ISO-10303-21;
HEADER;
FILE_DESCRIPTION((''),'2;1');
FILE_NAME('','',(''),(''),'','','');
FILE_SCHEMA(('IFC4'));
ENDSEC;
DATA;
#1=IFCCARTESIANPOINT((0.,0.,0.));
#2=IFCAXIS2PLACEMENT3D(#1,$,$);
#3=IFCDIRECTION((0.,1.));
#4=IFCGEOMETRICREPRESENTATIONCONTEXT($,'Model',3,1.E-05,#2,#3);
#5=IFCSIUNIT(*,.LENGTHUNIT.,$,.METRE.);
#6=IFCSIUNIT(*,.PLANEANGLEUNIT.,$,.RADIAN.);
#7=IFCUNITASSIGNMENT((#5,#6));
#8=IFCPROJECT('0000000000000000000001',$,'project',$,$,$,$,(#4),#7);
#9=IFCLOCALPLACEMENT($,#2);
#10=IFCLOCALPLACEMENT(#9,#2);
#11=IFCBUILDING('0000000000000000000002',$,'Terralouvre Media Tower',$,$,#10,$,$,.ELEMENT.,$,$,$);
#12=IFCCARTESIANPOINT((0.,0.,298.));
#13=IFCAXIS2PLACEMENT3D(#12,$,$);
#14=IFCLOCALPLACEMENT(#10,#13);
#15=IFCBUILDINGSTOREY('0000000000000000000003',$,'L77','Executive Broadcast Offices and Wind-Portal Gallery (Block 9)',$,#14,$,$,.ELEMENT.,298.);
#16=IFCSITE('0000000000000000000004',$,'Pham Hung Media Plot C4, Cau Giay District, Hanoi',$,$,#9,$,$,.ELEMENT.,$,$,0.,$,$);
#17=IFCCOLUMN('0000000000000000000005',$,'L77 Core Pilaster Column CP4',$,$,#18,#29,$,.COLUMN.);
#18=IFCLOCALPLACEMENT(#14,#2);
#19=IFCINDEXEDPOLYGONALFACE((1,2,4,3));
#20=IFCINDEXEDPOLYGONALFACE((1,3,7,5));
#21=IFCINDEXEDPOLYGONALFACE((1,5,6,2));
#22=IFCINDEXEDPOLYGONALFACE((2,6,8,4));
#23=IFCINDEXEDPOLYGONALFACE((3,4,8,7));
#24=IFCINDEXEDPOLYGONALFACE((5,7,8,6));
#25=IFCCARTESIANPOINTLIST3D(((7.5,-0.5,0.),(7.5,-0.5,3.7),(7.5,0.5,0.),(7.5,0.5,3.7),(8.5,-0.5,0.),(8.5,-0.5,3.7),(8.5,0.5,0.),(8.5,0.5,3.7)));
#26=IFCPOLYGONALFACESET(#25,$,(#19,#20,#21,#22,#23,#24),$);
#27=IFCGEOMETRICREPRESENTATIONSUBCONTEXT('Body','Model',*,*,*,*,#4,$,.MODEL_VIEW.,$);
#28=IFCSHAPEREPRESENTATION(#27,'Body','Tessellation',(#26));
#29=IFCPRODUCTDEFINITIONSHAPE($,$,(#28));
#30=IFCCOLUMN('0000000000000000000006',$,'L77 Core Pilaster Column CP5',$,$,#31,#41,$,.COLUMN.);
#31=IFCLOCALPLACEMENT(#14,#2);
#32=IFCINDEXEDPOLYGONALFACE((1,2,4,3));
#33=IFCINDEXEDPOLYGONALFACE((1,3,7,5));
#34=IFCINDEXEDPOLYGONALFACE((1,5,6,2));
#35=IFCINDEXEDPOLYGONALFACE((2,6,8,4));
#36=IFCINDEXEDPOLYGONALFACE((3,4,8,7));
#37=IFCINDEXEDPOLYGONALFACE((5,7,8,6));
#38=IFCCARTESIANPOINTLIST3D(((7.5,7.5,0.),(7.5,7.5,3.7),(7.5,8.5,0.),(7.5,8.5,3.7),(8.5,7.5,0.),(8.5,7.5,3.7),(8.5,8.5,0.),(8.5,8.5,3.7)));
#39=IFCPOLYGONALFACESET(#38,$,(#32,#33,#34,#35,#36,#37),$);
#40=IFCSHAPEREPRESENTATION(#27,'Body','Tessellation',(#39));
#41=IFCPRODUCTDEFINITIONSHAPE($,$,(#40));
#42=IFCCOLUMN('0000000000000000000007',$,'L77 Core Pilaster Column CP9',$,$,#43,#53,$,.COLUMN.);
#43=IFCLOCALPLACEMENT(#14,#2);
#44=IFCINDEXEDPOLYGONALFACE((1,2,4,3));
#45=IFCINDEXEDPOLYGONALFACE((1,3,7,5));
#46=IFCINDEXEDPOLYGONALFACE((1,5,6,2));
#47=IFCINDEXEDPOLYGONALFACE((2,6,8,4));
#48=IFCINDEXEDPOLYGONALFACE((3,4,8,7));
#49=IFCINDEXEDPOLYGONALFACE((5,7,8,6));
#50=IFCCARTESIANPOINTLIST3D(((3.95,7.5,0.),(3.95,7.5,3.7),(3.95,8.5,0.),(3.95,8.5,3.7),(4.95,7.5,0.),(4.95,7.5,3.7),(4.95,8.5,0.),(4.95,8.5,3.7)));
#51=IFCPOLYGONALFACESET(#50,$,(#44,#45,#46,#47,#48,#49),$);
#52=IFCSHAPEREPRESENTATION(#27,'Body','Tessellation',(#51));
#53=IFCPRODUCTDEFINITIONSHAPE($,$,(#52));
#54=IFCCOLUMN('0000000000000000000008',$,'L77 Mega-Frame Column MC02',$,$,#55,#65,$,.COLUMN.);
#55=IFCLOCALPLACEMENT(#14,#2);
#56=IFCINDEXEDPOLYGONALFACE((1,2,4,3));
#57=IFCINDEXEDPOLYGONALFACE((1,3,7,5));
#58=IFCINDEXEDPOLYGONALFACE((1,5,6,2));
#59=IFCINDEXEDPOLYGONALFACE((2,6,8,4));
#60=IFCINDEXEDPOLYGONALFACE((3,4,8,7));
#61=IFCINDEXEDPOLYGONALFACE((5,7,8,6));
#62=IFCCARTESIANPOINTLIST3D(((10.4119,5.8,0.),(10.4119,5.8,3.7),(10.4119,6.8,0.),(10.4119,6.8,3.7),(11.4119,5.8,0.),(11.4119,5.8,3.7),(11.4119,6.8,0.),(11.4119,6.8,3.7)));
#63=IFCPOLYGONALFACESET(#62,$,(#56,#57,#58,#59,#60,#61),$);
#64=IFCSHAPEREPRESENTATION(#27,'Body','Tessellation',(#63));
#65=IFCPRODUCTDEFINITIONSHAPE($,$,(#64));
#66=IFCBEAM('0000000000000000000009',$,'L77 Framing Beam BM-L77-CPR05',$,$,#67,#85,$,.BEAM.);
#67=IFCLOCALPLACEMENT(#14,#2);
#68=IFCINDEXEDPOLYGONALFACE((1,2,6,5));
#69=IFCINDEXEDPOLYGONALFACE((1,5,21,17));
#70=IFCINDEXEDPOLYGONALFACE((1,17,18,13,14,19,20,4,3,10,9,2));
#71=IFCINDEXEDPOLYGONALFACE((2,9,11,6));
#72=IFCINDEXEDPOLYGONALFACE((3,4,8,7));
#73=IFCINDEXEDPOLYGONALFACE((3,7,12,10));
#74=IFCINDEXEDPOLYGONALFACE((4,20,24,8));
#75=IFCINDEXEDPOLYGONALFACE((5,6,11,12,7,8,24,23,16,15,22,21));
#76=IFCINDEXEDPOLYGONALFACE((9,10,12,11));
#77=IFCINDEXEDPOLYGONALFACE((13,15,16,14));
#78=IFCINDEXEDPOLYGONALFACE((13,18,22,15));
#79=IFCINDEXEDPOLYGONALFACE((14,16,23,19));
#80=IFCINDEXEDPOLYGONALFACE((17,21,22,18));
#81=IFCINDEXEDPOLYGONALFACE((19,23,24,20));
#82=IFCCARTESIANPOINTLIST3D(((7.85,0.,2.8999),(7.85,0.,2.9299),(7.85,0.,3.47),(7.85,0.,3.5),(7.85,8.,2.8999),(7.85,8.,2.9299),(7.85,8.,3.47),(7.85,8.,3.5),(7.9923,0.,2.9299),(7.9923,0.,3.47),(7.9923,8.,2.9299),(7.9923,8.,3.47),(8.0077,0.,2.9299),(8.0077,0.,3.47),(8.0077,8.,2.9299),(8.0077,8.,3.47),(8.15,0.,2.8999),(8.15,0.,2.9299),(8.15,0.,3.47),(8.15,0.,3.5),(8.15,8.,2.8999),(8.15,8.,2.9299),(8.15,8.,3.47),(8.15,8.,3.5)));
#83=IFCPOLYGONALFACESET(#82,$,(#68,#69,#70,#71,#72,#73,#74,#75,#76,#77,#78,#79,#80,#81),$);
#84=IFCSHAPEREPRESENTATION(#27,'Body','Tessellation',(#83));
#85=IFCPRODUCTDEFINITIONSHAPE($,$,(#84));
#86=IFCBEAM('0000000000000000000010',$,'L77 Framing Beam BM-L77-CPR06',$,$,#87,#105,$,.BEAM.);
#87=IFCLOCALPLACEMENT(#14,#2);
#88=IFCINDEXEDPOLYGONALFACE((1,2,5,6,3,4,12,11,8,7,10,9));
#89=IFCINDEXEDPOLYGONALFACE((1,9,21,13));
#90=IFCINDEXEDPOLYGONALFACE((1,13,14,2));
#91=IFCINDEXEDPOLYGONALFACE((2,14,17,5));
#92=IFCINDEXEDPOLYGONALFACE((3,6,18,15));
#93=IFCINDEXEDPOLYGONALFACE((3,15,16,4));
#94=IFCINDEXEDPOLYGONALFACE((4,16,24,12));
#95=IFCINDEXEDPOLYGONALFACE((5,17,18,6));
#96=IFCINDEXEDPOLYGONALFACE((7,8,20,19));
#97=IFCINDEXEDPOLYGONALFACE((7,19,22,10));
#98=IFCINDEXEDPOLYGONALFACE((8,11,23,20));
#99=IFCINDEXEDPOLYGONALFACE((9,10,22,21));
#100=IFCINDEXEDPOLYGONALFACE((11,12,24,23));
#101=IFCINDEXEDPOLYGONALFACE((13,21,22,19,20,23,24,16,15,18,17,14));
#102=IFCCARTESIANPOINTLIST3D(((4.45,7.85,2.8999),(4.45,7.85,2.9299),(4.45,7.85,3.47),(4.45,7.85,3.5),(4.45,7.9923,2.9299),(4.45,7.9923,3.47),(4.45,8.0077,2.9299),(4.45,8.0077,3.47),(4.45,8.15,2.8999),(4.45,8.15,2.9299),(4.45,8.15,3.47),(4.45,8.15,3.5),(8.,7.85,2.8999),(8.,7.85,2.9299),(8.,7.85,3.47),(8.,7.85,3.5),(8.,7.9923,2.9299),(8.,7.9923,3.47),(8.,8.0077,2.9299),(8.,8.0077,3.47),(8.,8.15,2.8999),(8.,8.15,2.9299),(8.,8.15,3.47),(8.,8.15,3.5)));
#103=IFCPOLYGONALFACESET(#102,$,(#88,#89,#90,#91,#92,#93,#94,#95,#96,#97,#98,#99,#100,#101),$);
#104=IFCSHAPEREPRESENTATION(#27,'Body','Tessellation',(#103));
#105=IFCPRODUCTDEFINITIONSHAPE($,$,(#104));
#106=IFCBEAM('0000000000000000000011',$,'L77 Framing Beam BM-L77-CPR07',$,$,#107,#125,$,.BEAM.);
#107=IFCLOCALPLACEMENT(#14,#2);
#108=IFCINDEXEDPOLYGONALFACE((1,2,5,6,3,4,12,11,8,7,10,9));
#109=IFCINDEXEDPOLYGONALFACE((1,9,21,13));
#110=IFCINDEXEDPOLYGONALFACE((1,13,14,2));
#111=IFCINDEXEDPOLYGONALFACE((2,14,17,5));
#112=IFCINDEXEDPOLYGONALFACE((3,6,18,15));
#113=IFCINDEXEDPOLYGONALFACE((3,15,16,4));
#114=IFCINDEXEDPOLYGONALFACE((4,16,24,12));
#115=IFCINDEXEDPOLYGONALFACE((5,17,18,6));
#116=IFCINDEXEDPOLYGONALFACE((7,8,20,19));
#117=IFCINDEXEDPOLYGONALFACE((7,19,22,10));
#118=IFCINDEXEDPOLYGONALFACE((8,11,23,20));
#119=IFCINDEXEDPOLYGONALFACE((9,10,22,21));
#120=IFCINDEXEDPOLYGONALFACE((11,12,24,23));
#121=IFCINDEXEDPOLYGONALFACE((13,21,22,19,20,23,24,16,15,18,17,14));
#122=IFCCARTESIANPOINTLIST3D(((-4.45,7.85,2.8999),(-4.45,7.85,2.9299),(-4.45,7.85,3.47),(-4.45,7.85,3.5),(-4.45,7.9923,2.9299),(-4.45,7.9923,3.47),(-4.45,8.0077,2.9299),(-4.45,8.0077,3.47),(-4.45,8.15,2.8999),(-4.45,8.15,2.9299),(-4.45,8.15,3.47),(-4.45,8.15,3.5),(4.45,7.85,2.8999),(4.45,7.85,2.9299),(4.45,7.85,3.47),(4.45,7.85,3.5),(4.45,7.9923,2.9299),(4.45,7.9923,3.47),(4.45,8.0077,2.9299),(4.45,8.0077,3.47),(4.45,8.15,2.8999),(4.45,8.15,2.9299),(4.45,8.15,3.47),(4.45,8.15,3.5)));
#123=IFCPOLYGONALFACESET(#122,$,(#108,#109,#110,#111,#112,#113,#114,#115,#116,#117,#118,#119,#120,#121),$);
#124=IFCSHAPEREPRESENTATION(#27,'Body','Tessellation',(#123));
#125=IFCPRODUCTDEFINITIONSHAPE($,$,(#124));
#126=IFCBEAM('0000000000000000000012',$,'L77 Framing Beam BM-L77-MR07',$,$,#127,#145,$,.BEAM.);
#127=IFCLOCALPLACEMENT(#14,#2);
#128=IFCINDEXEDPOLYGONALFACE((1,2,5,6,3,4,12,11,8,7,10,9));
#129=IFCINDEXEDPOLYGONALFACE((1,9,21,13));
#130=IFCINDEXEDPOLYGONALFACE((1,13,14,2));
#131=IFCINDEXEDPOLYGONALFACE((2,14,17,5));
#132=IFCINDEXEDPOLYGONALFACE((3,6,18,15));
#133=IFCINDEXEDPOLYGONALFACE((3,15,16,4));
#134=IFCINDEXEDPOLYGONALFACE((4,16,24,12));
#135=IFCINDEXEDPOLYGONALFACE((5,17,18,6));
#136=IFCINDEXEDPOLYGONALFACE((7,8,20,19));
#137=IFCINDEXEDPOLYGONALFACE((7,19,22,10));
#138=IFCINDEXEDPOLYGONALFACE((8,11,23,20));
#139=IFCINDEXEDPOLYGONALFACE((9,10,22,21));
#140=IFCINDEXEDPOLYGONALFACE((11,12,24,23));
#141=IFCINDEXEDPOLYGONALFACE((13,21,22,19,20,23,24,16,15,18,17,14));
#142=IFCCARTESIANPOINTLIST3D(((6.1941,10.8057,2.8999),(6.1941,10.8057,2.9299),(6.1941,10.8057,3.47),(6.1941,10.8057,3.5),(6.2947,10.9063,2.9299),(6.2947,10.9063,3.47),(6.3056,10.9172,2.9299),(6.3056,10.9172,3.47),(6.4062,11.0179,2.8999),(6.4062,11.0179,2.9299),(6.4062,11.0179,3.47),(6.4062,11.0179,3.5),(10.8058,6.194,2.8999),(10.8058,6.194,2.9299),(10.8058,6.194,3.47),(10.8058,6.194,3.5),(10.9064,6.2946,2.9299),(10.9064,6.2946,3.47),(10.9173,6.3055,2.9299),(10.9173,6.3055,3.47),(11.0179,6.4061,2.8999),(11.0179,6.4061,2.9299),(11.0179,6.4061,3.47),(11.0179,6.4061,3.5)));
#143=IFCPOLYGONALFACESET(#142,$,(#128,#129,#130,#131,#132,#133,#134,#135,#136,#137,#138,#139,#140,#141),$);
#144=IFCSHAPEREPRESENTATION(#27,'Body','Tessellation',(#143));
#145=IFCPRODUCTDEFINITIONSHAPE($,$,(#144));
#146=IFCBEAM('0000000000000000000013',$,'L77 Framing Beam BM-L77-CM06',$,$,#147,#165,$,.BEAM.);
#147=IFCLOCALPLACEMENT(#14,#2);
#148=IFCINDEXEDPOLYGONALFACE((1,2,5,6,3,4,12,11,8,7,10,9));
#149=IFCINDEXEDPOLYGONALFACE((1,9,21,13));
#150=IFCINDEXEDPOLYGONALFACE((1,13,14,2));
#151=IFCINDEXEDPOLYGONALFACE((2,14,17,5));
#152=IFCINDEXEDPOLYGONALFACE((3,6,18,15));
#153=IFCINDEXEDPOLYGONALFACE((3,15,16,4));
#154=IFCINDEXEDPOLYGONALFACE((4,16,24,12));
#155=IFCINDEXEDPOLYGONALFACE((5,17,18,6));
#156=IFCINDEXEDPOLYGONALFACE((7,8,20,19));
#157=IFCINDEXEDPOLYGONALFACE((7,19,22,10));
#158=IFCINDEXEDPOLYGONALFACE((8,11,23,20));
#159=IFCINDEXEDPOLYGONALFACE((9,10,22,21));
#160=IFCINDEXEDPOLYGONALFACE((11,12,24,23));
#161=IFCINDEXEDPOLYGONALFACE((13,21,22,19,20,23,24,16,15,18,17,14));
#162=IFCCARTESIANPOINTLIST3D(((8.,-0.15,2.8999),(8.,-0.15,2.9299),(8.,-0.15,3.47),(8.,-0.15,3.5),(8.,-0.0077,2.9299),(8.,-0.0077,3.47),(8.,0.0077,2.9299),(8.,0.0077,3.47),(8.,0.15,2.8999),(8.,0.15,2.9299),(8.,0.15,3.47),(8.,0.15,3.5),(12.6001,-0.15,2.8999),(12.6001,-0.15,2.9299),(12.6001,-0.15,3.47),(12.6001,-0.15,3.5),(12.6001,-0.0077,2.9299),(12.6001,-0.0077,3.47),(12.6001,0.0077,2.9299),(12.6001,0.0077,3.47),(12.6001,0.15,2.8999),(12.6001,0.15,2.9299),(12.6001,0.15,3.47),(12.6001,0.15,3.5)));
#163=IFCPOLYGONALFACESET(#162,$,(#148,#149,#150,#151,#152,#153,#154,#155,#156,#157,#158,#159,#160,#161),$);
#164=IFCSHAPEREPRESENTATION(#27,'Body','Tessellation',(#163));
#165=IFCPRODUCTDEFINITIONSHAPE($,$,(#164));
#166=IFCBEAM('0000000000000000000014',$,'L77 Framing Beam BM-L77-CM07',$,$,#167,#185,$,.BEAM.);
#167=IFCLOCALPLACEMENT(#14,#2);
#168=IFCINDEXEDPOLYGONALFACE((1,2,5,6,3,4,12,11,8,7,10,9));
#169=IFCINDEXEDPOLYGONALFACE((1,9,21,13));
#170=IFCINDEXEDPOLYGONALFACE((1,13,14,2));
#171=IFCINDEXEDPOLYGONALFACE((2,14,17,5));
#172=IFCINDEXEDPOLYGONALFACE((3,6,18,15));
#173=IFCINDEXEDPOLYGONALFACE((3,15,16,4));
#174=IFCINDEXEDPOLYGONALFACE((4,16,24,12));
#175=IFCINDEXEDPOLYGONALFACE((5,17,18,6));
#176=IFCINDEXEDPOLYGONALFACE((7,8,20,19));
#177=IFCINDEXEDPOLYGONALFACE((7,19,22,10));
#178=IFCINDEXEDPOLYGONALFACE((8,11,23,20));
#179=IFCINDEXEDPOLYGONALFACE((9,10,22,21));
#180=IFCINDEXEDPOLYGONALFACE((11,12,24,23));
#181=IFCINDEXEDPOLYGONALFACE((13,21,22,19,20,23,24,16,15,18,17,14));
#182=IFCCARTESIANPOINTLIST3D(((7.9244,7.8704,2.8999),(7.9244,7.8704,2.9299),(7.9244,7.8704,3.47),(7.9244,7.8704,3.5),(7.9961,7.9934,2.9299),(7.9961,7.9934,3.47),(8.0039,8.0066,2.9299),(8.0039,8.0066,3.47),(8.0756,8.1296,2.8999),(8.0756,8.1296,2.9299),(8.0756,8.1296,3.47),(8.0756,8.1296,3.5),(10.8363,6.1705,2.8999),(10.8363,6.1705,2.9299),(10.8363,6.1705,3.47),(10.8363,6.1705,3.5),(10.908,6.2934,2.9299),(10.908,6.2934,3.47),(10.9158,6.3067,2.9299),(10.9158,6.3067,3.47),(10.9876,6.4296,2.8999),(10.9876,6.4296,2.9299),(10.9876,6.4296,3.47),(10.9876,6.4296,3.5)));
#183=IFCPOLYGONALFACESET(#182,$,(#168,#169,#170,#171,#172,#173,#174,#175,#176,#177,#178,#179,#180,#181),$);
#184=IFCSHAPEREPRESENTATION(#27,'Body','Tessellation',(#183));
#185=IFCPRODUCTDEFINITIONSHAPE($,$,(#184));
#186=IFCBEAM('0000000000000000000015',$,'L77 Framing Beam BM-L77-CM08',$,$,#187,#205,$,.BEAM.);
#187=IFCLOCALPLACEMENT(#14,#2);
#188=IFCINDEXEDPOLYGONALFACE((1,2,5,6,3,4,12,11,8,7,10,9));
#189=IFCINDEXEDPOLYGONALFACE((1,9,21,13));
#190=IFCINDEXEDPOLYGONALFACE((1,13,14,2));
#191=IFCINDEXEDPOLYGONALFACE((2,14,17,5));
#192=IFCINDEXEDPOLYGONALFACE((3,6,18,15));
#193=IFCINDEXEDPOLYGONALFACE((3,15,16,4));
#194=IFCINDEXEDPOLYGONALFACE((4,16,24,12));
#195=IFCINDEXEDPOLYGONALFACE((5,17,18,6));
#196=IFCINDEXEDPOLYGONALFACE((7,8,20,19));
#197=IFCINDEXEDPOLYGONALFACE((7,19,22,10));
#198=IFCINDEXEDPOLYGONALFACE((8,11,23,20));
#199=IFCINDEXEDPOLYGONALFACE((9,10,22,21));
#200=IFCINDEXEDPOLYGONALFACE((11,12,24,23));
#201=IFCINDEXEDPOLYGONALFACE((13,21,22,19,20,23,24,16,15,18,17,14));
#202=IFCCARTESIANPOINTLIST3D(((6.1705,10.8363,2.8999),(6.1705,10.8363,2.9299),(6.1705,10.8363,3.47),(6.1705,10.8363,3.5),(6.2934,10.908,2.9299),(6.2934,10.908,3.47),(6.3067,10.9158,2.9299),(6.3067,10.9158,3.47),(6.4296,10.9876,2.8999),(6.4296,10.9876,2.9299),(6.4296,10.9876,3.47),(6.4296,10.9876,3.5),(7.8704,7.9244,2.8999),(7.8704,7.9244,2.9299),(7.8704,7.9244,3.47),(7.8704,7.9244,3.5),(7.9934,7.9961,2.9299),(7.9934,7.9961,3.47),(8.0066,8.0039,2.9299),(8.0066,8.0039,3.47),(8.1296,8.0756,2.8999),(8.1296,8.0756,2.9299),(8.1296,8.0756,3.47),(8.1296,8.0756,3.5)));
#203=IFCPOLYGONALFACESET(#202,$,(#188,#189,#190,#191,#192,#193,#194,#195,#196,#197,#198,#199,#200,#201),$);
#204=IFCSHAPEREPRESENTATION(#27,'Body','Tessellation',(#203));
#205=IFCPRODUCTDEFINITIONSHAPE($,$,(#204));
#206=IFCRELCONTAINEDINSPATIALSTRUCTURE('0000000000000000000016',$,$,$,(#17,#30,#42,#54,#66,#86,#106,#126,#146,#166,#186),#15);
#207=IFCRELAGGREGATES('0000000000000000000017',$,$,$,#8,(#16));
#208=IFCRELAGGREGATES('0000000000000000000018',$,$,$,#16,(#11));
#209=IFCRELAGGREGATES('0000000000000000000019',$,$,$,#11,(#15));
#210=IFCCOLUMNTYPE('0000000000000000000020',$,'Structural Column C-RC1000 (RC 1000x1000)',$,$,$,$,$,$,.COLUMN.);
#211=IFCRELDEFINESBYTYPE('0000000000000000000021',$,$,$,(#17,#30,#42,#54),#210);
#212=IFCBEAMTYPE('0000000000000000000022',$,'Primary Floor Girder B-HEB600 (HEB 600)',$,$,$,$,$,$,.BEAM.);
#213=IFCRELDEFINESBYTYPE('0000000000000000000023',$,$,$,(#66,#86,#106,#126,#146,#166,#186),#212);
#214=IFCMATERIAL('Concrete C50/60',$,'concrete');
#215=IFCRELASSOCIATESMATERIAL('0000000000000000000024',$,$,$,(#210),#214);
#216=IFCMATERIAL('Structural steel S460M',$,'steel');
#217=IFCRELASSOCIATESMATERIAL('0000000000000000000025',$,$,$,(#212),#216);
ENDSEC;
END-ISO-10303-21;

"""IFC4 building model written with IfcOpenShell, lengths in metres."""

from ifc_helpers import new_model, si_unit, direction, frame, origin, origin_2d, place, context, subcontext, project, spatial, rectangle, i_section, extrude, material, material_profile, profile_set, type_object, element, save


model = new_model("IFC4")

# Units and contexts
model_context = context("Model", 3, precision=1e-05, world=origin(), true_north=direction((0.0, 1.0)))
body_context = subcontext(model_context, "Body", "Model", "MODEL_VIEW")
ifc_project = project(units=[si_unit("LENGTHUNIT", "METRE"), si_unit("PLANEANGLEUNIT", "RADIAN")], contexts=[model_context])

# Site, building, storey
site_placement = place(None, origin())
site = spatial("IfcSite", under=ifc_project, at=site_placement, Name="Pham Hung Media Plot C4, Cau Giay District, Hanoi", CompositionType="ELEMENT", RefElevation=0.0)
building_placement = place(site_placement, origin())
building = spatial("IfcBuilding", under=site, at=building_placement, Name="Terralouvre Media Tower", CompositionType="ELEMENT")
storey_placement = place(building_placement, frame((0.0, 0.0, 298.0)))
storey = spatial("IfcBuildingStorey", under=building, at=storey_placement, Name="L77", Description="Executive Broadcast Offices and Wind-Portal Gallery (Block 9)", CompositionType="ELEMENT", Elevation=298.0)

# Columns
ifc_material_1 = material(Name="Concrete C50/60", Category="concrete")
ifc_material_profile_1 = material_profile(ifc_material_1, rectangle(XDim=1.0, YDim=1.0, at=origin_2d()), Name="RC 1000x1000")
ifc_profile_set_1 = profile_set([ifc_material_profile_1], Name="Concrete C50/60")
column_type = type_object("IfcColumnType", Name="Structural Column C-RC1000 (RC 1000x1000)", PredefinedType="COLUMN", material=ifc_profile_set_1)
for number, where, z_axis, x_axis, name in (
    (1, (8.0, 0.0, 0.0), (0.0, 0.0, 1.0), (1.0, 0.0, 0.0), "L77 Core Pilaster Column CP4"),
    (2, (8.0, 8.0, 0.0), (0.0, 0.0, 1.0), (1.0, 0.0, 0.0), "L77 Core Pilaster Column CP5"),
    (3, (4.45, 8.0, 0.0), (0.0, 0.0, 1.0), (1.0, 0.0, 0.0), "L77 Core Pilaster Column CP9"),
    (4, (10.9119, 6.3, 0.0), (0.0, 0.0, 1.0), (1.0, 0.0, 0.0), "L77 Mega-Frame Column MC02"),
):
    element("IfcColumn", number, at=place(storey_placement, frame(where, z_axis=z_axis, x_axis=x_axis)), inside=storey, type_object=column_type, Name=name, PredefinedType="COLUMN", context=body_context, shape_type="SweptSolid", body=[
        extrude(rectangle(XDim=1.0, YDim=1.0, at=origin_2d()), origin(), (0.0, 0.0, 1.0), 3.7),
    ])

# Beams
ifc_material_2 = material(Name="Structural steel S460M", Category="steel")
ifc_material_profile_2 = material_profile(ifc_material_2, i_section(OverallWidth=0.3, OverallDepth=0.6001, WebThickness=0.0154, FlangeThickness=0.03, at=origin_2d()), Name="HEB 600")
ifc_profile_set_2 = profile_set([ifc_material_profile_2], Name="Structural steel S460M")
beam_type = type_object("IfcBeamType", Name="Primary Floor Girder B-HEB600 (HEB 600)", PredefinedType="BEAM", material=ifc_profile_set_2)
beam_1_placement = place(storey_placement, frame((8.0, 0.0, 3.2), z_axis=(0.0, 1.0, 0.0), x_axis=(-1.0, 0.0, 0.0)))
element("IfcBeam", 5, at=beam_1_placement, inside=storey, type_object=beam_type, Name="L77 Framing Beam BM-L77-CPR05", PredefinedType="BEAM", context=body_context, shape_type="SweptSolid", body=[
    extrude(i_section(OverallWidth=0.3, OverallDepth=0.6001, WebThickness=0.0154, FlangeThickness=0.03, at=origin_2d()), origin(), (0.0, 0.0, 1.0), 8.0),
])
beam_2_placement = place(storey_placement, frame((8.0, 8.0, 3.2), z_axis=(-1.0, 0.0, 0.0), x_axis=(0.0, -1.0, 0.0)))
element("IfcBeam", 6, at=beam_2_placement, inside=storey, type_object=beam_type, Name="L77 Framing Beam BM-L77-CPR06", PredefinedType="BEAM", context=body_context, shape_type="SweptSolid", body=[
    extrude(i_section(OverallWidth=0.3, OverallDepth=0.6001, WebThickness=0.0154, FlangeThickness=0.03, at=origin_2d()), origin(), (0.0, 0.0, 1.0), 3.55),
])
beam_3_placement = place(storey_placement, frame((4.45, 8.0, 3.2), z_axis=(-1.0, 0.0, 0.0), x_axis=(0.0, -1.0, 0.0)))
element("IfcBeam", 7, at=beam_3_placement, inside=storey, type_object=beam_type, Name="L77 Framing Beam BM-L77-CPR07", PredefinedType="BEAM", context=body_context, shape_type="SweptSolid", body=[
    extrude(i_section(OverallWidth=0.3, OverallDepth=0.6001, WebThickness=0.0154, FlangeThickness=0.03, at=origin_2d()), origin(), (0.0, 0.0, 1.0), 8.8999),
])
beam_4_placement = place(storey_placement, frame((10.9119, 6.3, 3.2), z_axis=(-0.707107, 0.707107, 0.0), x_axis=(-0.707107, -0.707107, 0.0)))
element("IfcBeam", 8, at=beam_4_placement, inside=storey, type_object=beam_type, Name="L77 Framing Beam BM-L77-MR07", PredefinedType="BEAM", context=body_context, shape_type="SweptSolid", body=[
    extrude(i_section(OverallWidth=0.3, OverallDepth=0.6001, WebThickness=0.0154, FlangeThickness=0.03, at=origin_2d()), origin(), (0.0, 0.0, 1.0), 6.522),
])
beam_5_placement = place(storey_placement, frame((8.0, 0.0, 3.2), z_axis=(1.0, 0.0, 0.0), x_axis=(0.0, 1.0, 0.0)))
element("IfcBeam", 9, at=beam_5_placement, inside=storey, type_object=beam_type, Name="L77 Framing Beam BM-L77-CM06", PredefinedType="BEAM", context=body_context, shape_type="SweptSolid", body=[
    extrude(i_section(OverallWidth=0.3, OverallDepth=0.6001, WebThickness=0.0154, FlangeThickness=0.03, at=origin_2d()), origin(), (0.0, 0.0, 1.0), 4.6001),
])
for number, where, z_axis, x_axis, name in (
    (10, (8.0, 8.0, 3.2), (0.863603, -0.504173, 0.0), (0.504173, 0.863603, 0.0), "L77 Framing Beam BM-L77-CM07"),
    (11, (8.0, 8.0, 3.2), (-0.504173, 0.863603, 0.0), (-0.863603, -0.504173, 0.0), "L77 Framing Beam BM-L77-CM08"),
):
    element("IfcBeam", number, at=place(storey_placement, frame(where, z_axis=z_axis, x_axis=x_axis)), inside=storey, type_object=beam_type, Name=name, PredefinedType="BEAM", context=body_context, shape_type="SweptSolid", body=[
        extrude(i_section(OverallWidth=0.3, OverallDepth=0.6001, WebThickness=0.0154, FlangeThickness=0.03, at=origin_2d()), origin(), (0.0, 0.0, 1.0), 3.3718),
    ])

save(model, "model.ifc")
